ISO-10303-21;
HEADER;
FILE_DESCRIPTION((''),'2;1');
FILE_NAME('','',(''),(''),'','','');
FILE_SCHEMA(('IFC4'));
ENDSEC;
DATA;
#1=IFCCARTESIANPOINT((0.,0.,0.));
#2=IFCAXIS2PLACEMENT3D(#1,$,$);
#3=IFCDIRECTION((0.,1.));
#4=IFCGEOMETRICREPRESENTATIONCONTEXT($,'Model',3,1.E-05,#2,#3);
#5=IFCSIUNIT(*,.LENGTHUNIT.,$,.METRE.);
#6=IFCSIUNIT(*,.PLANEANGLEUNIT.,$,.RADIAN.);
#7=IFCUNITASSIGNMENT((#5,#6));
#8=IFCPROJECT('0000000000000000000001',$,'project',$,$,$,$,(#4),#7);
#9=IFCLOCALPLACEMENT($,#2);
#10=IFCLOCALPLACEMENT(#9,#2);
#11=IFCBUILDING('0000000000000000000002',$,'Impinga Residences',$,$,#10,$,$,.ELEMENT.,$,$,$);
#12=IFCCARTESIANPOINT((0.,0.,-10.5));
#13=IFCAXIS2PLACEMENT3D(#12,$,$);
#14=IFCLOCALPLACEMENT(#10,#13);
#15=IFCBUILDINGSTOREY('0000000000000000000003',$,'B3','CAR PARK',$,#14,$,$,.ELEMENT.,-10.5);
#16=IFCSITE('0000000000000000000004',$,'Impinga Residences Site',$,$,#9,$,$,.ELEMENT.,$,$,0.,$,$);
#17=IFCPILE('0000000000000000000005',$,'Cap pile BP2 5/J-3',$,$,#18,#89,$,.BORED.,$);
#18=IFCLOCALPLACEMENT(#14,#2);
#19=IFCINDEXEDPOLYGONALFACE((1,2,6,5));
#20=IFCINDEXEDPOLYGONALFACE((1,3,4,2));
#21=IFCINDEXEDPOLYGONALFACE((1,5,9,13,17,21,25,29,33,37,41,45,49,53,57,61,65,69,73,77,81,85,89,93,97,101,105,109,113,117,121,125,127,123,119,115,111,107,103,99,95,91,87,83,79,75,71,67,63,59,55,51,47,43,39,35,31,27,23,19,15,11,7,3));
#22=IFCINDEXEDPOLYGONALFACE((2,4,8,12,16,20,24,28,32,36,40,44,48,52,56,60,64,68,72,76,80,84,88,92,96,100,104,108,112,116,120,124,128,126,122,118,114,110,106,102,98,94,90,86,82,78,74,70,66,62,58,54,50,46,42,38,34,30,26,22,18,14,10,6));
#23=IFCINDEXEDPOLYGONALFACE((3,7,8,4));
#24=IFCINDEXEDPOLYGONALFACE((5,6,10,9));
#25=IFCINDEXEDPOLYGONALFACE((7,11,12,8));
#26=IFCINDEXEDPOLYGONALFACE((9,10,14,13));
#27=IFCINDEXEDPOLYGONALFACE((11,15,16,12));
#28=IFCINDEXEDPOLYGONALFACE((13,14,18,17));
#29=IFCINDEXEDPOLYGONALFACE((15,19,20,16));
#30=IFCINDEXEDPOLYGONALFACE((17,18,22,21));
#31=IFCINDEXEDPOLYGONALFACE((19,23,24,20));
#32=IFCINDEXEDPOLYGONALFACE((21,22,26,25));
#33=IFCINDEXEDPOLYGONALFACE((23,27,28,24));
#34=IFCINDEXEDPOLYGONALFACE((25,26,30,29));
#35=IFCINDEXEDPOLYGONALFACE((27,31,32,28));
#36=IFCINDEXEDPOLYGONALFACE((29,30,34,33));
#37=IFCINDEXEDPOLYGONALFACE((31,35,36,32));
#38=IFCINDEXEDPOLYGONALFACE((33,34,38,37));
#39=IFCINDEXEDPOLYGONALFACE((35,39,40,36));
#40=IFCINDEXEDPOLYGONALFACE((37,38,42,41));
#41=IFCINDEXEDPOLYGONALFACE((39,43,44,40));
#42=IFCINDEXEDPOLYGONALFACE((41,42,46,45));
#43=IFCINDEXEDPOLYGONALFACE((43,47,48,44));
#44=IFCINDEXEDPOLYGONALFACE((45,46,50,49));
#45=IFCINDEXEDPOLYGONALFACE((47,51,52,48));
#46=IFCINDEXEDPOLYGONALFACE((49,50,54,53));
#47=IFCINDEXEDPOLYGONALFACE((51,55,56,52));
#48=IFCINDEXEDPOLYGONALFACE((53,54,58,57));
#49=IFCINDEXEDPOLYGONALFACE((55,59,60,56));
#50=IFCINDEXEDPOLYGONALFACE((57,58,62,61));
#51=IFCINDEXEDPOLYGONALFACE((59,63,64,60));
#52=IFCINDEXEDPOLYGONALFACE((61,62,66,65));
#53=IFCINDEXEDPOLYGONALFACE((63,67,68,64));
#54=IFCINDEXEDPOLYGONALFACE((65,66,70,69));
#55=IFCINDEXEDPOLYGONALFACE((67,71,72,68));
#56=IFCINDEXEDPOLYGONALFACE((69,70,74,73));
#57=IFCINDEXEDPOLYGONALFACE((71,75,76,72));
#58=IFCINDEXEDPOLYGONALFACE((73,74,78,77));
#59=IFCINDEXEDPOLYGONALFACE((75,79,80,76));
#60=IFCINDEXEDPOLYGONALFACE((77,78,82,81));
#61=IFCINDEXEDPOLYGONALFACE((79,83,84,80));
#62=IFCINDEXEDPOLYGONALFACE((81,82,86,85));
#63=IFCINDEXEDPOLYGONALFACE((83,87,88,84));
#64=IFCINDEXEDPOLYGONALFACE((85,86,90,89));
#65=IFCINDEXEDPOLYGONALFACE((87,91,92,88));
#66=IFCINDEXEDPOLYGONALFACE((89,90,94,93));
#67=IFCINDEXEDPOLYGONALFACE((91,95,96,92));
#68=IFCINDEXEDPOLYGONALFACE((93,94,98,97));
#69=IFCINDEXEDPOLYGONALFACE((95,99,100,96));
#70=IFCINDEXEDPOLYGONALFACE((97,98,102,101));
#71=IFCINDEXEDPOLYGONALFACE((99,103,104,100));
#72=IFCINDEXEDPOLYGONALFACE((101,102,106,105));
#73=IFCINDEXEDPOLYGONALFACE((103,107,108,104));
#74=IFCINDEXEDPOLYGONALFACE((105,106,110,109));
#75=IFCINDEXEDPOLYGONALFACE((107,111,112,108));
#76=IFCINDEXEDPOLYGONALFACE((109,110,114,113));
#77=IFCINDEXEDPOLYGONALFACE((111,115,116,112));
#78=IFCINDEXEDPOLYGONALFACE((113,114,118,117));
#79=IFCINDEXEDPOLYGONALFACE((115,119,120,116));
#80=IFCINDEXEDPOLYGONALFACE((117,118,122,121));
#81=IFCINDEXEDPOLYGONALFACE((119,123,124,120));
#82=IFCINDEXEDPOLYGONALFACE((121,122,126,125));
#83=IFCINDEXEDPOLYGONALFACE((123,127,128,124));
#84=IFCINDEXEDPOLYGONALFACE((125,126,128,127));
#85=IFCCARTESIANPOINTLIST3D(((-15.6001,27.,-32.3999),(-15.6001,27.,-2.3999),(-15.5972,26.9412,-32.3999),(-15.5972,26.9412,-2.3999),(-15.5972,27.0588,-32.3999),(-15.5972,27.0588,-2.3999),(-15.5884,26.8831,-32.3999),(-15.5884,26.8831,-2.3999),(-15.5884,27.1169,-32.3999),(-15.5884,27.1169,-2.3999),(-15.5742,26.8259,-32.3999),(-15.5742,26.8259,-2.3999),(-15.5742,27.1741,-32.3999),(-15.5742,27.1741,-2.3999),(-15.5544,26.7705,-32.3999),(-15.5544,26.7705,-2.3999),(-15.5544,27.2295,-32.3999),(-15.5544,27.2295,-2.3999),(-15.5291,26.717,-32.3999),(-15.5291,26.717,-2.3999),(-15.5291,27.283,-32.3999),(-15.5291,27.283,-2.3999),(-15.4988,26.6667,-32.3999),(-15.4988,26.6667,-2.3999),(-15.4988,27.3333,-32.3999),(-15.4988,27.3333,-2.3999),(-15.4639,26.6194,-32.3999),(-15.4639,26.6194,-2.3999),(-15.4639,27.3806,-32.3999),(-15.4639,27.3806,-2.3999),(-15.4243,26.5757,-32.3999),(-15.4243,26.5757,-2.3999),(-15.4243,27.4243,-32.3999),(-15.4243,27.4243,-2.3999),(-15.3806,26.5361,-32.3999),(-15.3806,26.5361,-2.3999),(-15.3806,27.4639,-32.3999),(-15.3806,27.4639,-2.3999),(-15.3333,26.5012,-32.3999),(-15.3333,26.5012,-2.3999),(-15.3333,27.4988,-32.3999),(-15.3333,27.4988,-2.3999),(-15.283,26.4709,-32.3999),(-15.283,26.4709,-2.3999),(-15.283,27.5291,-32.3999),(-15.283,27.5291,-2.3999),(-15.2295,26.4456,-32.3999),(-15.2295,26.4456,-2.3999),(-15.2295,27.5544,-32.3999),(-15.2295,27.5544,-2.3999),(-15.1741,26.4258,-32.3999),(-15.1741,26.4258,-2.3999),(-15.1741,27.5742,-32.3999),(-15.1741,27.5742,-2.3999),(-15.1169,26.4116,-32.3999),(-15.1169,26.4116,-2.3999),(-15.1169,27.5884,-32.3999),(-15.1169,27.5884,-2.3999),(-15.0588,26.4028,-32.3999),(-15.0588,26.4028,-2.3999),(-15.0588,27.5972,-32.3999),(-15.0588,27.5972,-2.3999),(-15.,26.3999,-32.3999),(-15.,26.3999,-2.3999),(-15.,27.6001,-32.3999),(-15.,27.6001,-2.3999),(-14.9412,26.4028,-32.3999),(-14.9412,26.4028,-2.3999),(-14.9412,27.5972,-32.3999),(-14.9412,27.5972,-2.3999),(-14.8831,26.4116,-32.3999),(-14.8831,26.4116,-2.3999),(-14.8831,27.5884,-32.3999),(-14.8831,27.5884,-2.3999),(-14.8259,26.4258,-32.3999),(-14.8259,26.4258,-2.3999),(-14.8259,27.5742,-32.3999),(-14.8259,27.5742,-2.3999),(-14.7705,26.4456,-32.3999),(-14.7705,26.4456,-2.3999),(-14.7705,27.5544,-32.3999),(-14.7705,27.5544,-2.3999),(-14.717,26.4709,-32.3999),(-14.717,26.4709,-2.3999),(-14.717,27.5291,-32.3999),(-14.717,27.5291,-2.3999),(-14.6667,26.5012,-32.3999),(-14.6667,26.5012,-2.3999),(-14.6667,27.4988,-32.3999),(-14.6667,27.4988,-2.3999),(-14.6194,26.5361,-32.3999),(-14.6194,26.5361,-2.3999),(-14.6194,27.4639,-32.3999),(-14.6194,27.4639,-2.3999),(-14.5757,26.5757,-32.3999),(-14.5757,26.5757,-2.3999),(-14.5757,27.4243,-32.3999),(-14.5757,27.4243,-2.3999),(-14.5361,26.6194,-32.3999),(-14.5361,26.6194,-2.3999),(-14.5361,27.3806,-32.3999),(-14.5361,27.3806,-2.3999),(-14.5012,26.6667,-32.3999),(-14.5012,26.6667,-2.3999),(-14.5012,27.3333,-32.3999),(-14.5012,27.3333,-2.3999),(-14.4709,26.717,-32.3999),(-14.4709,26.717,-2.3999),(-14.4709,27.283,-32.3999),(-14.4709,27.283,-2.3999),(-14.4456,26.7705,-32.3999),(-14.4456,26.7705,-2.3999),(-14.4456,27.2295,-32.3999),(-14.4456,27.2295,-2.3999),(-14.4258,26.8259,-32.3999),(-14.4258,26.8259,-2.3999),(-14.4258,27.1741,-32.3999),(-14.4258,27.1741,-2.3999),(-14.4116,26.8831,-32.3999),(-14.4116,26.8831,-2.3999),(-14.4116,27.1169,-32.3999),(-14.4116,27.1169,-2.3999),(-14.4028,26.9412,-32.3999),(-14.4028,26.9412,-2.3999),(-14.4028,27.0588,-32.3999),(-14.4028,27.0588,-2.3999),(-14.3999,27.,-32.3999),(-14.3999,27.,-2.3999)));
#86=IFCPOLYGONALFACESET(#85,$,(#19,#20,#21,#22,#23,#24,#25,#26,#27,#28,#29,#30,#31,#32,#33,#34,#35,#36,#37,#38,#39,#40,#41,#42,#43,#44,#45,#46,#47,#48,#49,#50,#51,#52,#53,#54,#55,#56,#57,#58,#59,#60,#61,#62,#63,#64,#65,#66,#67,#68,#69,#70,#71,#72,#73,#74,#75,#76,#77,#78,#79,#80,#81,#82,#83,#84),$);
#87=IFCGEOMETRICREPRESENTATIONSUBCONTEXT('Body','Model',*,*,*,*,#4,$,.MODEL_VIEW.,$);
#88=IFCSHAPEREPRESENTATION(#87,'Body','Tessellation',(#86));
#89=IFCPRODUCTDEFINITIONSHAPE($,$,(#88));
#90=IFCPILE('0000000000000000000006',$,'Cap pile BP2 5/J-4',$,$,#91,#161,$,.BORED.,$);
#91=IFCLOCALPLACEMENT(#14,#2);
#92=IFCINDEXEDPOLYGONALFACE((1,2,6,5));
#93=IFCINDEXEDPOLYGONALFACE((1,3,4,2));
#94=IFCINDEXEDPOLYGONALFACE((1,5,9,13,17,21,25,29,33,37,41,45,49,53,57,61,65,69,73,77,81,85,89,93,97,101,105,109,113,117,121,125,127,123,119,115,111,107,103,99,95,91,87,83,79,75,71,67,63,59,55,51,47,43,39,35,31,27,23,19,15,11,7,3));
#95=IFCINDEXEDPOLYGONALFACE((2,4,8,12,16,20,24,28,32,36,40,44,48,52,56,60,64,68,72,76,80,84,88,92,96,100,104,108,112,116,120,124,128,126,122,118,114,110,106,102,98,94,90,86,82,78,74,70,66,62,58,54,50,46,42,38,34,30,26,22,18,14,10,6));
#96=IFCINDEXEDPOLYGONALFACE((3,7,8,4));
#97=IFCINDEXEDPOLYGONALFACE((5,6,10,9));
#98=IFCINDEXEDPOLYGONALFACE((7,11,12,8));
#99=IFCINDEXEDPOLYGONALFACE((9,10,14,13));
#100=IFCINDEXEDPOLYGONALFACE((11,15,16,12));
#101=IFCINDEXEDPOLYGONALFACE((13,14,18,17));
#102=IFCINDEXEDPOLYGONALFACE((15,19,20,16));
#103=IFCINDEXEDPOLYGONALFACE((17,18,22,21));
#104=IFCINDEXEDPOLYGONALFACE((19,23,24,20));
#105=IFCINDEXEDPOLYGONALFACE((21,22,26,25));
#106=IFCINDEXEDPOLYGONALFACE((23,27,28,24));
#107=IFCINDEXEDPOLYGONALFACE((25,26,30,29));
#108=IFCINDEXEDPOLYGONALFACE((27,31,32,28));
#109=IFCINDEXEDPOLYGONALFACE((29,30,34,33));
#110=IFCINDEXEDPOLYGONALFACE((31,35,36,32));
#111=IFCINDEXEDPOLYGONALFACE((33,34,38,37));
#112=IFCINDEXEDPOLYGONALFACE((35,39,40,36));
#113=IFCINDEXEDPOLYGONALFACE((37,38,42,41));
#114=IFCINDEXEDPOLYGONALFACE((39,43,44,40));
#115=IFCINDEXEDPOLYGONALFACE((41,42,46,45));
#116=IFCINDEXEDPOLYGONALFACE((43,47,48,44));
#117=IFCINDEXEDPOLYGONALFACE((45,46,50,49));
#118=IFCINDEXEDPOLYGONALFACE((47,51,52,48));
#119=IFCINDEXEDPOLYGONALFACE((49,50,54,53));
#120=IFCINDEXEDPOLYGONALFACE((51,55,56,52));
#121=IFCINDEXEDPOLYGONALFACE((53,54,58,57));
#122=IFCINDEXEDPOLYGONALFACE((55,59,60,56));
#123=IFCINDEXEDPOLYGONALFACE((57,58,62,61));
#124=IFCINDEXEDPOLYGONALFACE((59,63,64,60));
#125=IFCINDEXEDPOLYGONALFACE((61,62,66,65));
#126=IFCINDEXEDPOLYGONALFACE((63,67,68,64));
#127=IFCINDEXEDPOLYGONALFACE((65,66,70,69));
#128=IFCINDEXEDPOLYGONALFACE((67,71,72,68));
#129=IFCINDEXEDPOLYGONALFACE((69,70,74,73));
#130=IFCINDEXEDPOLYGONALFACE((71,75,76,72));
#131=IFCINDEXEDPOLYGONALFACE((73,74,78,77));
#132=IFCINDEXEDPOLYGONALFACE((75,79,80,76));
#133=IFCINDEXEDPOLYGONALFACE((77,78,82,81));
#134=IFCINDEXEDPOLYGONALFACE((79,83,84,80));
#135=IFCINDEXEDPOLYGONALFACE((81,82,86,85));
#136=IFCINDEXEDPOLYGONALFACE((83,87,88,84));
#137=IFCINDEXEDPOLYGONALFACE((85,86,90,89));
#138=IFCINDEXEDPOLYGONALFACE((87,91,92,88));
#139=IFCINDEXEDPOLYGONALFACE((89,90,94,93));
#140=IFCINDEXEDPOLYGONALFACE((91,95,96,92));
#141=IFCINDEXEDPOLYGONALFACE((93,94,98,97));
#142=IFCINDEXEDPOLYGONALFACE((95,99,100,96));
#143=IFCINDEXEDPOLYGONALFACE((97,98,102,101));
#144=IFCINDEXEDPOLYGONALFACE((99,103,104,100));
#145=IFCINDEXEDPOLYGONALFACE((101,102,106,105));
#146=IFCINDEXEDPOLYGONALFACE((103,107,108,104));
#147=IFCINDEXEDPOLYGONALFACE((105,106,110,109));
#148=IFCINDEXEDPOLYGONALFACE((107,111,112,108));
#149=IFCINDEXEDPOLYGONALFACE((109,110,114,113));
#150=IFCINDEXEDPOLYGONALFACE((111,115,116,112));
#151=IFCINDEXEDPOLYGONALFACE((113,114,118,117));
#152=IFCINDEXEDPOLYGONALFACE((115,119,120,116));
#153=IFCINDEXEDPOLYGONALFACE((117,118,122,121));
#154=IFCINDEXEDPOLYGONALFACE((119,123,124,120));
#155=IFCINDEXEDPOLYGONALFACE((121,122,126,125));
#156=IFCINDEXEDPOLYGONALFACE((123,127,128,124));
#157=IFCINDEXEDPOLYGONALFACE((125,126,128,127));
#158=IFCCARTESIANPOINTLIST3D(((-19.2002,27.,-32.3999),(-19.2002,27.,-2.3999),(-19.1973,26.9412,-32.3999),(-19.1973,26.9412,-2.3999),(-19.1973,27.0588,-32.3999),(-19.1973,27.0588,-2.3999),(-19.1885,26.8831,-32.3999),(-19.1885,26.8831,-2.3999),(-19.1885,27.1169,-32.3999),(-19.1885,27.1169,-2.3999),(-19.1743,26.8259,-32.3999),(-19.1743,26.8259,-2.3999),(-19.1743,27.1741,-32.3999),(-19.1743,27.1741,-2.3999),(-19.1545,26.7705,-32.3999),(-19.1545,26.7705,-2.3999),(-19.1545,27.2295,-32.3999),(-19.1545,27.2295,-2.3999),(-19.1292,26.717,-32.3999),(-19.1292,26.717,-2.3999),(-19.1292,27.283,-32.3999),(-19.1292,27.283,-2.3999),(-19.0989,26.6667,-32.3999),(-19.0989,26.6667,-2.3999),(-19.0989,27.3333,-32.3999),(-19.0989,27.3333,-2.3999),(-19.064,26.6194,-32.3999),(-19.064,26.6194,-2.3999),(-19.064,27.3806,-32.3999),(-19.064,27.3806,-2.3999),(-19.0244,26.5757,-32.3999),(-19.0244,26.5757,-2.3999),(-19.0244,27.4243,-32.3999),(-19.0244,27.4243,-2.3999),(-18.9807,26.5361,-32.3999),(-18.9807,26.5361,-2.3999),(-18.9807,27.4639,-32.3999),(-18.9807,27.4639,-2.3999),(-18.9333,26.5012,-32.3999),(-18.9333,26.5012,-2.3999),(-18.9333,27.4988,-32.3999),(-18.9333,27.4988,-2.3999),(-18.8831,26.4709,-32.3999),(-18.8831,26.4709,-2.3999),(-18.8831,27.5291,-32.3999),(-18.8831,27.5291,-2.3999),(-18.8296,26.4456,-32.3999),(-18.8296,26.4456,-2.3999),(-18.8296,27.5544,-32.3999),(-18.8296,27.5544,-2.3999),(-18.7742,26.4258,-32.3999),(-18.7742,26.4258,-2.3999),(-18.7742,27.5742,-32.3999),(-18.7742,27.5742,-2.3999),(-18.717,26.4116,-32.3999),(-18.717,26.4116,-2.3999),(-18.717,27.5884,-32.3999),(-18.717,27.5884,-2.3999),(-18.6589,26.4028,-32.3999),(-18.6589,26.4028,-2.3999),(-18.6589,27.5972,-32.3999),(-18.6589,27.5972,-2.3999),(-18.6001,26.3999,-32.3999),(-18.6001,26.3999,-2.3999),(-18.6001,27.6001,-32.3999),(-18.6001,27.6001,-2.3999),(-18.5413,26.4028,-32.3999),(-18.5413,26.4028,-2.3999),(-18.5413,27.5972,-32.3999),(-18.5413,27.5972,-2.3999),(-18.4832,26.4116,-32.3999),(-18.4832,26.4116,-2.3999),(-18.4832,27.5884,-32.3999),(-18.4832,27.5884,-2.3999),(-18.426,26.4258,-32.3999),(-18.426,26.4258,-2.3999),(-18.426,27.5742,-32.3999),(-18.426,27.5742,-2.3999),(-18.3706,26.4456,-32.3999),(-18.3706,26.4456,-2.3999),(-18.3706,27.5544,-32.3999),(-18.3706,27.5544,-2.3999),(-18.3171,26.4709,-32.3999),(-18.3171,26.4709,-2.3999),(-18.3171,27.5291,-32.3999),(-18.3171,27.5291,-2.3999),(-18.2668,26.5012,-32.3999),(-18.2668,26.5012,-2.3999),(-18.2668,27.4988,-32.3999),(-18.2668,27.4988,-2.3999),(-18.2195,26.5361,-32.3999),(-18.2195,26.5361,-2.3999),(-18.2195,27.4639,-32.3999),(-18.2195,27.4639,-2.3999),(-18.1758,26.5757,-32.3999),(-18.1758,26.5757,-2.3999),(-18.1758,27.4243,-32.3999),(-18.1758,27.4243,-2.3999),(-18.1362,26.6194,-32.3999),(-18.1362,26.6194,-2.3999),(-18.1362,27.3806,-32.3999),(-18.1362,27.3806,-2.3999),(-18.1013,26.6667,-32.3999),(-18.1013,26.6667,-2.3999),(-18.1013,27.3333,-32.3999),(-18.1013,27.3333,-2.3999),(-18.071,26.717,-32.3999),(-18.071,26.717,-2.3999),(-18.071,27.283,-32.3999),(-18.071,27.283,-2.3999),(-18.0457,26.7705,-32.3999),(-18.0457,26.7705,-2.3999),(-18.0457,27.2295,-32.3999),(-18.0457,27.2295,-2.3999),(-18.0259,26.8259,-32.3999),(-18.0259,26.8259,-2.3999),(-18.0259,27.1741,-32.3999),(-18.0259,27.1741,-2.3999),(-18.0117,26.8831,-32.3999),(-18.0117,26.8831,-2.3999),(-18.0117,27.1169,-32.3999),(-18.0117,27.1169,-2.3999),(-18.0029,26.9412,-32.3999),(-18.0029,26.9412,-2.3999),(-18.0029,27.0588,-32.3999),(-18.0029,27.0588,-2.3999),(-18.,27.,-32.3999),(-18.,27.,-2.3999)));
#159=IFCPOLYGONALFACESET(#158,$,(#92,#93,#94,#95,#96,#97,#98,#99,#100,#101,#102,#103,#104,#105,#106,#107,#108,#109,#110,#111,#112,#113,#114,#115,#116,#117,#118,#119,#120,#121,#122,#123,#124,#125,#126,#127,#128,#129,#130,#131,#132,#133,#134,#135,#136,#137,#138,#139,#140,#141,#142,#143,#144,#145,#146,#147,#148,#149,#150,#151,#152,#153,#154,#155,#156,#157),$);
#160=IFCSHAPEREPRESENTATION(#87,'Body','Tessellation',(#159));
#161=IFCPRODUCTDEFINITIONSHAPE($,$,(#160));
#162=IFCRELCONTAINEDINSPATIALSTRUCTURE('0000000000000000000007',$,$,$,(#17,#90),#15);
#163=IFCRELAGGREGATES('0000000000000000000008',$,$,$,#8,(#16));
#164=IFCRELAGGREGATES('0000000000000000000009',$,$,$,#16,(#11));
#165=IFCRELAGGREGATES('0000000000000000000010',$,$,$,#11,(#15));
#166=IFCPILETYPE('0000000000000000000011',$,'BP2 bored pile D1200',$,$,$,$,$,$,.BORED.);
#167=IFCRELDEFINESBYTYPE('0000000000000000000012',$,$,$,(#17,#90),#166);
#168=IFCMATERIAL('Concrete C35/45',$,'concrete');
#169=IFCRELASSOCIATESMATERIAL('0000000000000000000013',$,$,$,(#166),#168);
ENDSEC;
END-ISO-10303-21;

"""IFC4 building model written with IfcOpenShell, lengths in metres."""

from ifc_helpers import new_model, si_unit, direction, frame, origin, origin_2d, place, context, subcontext, project, spatial, polyline, circle, outline, extrude, material, material_profile, profile_set, type_object, element, save


model = new_model("IFC4")

# Units and contexts
model_context = context("Model", 3, precision=1e-05, world=origin(), true_north=direction((0.0, 1.0)))
body_context = subcontext(model_context, "Body", "Model", "MODEL_VIEW")
ifc_project = project(units=[si_unit("LENGTHUNIT", "METRE"), si_unit("PLANEANGLEUNIT", "RADIAN")], contexts=[model_context])

# Site, building, storey
site_placement = place(None, origin())
site = spatial("IfcSite", under=ifc_project, at=site_placement, Name="Impinga Residences Site", CompositionType="ELEMENT", RefElevation=0.0)
building_placement = place(site_placement, origin())
building = spatial("IfcBuilding", under=site, at=building_placement, Name="Impinga Residences", CompositionType="ELEMENT")
storey_placement = place(building_placement, frame((0.0, 0.0, -10.5)))
storey = spatial("IfcBuildingStorey", under=building, at=storey_placement, Name="B3", Description="CAR PARK", CompositionType="ELEMENT", Elevation=-10.5)

# Piles
ifc_material_1 = material(Name="Concrete C35/45", Category="concrete")
ifc_material_profile_1 = material_profile(ifc_material_1, circle(Radius=0.6001, at=origin_2d()), Name="D1200")
ifc_profile_set_1 = profile_set([ifc_material_profile_1], Name="Concrete C35/45")
pile_type_1 = type_object("IfcPileType", Name="BP2 bored pile D1200", PredefinedType="BORED", material=ifc_profile_set_1)
pile_1_placement = place(storey_placement, frame((-15.0, 27.0, -2.3999), z_axis=(0.0, 0.0, -1.0), x_axis=(1.0, 0.0, 0.0)))
element("IfcPile", 1, at=pile_1_placement, inside=storey, type_object=pile_type_1, Name="Cap pile BP2 5/J-3", PredefinedType="BORED", context=body_context, shape_type="SweptSolid", body=[
    extrude(outline(polyline([(0.6001, 0.0), (0.5972, 0.0588), (0.5884, 0.1169), (0.5742, 0.1741), (0.5544, 0.2295), (0.5291, 0.283), (0.4988, 0.3333), (0.4639, 0.3806), (0.4243, 0.4243), (0.3806, 0.4639), (0.3333, 0.4988), (0.283, 0.5291), (0.2295, 0.5544), (0.1741, 0.5742), (0.1169, 0.5884), (0.0588, 0.5972), (0.0, 0.6001), (-0.0588, 0.5972), (-0.1169, 0.5884), (-0.1741, 0.5742), (-0.2295, 0.5544), (-0.283, 0.5291), (-0.3333, 0.4988), (-0.3806, 0.4639), (-0.4243, 0.4243), (-0.4639, 0.3806), (-0.4988, 0.3333), (-0.5291, 0.283), (-0.5544, 0.2295), (-0.5742, 0.1741), (-0.5884, 0.1169), (-0.5972, 0.0588), (-0.6001, 0.0), (-0.5972, -0.0588), (-0.5884, -0.1169), (-0.5742, -0.1741), (-0.5544, -0.2295), (-0.5291, -0.283), (-0.4988, -0.3333), (-0.4639, -0.3806), (-0.4243, -0.4243), (-0.3806, -0.4639), (-0.3333, -0.4988), (-0.283, -0.5291), (-0.2295, -0.5544), (-0.1741, -0.5742), (-0.1169, -0.5884), (-0.0588, -0.5972), (0.0, -0.6001), (0.0588, -0.5972), (0.1169, -0.5884), (0.1741, -0.5742), (0.2295, -0.5544), (0.283, -0.5291), (0.3333, -0.4988), (0.3806, -0.4639), (0.4243, -0.4243), (0.4639, -0.3806), (0.4988, -0.3333), (0.5291, -0.283), (0.5544, -0.2295), (0.5742, -0.1741), (0.5884, -0.1169), (0.5972, -0.0588), (0.6001, 0.0)])), origin(), (0.0, 0.0, 1.0), 30.0),
])
pile_2_placement = place(storey_placement, frame((-18.6001, 27.0, -2.3999), z_axis=(0.0, 0.0, -1.0), x_axis=(1.0, 0.0, 0.0)))
element("IfcPile", 2, at=pile_2_placement, inside=storey, type_object=pile_type_1, Name="Cap pile BP2 5/J-4", PredefinedType="BORED", context=body_context, shape_type="SweptSolid", body=[
    extrude(outline(polyline([(0.6001, 0.0), (0.5972, 0.0588), (0.5884, 0.1169), (0.5742, 0.1741), (0.5544, 0.2295), (0.5291, 0.283), (0.4988, 0.3333), (0.4639, 0.3806), (0.4243, 0.4243), (0.3806, 0.4639), (0.3333, 0.4988), (0.283, 0.5291), (0.2295, 0.5544), (0.1741, 0.5742), (0.1169, 0.5884), (0.0588, 0.5972), (0.0, 0.6001), (-0.0588, 0.5972), (-0.1169, 0.5884), (-0.1741, 0.5742), (-0.2295, 0.5544), (-0.283, 0.5291), (-0.3333, 0.4988), (-0.3806, 0.4639), (-0.4243, 0.4243), (-0.4639, 0.3806), (-0.4988, 0.3333), (-0.5291, 0.283), (-0.5544, 0.2295), (-0.5742, 0.1741), (-0.5884, 0.1169), (-0.5972, 0.0588), (-0.6001, 0.0), (-0.5972, -0.0588), (-0.5884, -0.1169), (-0.5742, -0.1741), (-0.5544, -0.2295), (-0.5291, -0.283), (-0.4988, -0.3333), (-0.4639, -0.3806), (-0.4243, -0.4243), (-0.3806, -0.4639), (-0.3333, -0.4988), (-0.283, -0.5291), (-0.2295, -0.5544), (-0.1741, -0.5742), (-0.1169, -0.5884), (-0.0588, -0.5972), (0.0, -0.6001), (0.0588, -0.5972), (0.1169, -0.5884), (0.1741, -0.5742), (0.2295, -0.5544), (0.283, -0.5291), (0.3333, -0.4988), (0.3806, -0.4639), (0.4243, -0.4243), (0.4639, -0.3806), (0.4988, -0.3333), (0.5291, -0.283), (0.5544, -0.2295), (0.5742, -0.1741), (0.5884, -0.1169), (0.5972, -0.0588), (0.6001, 0.0)])), origin(), (0.0, 0.0, 1.0), 30.0),
])

save(model, "model.ifc")
